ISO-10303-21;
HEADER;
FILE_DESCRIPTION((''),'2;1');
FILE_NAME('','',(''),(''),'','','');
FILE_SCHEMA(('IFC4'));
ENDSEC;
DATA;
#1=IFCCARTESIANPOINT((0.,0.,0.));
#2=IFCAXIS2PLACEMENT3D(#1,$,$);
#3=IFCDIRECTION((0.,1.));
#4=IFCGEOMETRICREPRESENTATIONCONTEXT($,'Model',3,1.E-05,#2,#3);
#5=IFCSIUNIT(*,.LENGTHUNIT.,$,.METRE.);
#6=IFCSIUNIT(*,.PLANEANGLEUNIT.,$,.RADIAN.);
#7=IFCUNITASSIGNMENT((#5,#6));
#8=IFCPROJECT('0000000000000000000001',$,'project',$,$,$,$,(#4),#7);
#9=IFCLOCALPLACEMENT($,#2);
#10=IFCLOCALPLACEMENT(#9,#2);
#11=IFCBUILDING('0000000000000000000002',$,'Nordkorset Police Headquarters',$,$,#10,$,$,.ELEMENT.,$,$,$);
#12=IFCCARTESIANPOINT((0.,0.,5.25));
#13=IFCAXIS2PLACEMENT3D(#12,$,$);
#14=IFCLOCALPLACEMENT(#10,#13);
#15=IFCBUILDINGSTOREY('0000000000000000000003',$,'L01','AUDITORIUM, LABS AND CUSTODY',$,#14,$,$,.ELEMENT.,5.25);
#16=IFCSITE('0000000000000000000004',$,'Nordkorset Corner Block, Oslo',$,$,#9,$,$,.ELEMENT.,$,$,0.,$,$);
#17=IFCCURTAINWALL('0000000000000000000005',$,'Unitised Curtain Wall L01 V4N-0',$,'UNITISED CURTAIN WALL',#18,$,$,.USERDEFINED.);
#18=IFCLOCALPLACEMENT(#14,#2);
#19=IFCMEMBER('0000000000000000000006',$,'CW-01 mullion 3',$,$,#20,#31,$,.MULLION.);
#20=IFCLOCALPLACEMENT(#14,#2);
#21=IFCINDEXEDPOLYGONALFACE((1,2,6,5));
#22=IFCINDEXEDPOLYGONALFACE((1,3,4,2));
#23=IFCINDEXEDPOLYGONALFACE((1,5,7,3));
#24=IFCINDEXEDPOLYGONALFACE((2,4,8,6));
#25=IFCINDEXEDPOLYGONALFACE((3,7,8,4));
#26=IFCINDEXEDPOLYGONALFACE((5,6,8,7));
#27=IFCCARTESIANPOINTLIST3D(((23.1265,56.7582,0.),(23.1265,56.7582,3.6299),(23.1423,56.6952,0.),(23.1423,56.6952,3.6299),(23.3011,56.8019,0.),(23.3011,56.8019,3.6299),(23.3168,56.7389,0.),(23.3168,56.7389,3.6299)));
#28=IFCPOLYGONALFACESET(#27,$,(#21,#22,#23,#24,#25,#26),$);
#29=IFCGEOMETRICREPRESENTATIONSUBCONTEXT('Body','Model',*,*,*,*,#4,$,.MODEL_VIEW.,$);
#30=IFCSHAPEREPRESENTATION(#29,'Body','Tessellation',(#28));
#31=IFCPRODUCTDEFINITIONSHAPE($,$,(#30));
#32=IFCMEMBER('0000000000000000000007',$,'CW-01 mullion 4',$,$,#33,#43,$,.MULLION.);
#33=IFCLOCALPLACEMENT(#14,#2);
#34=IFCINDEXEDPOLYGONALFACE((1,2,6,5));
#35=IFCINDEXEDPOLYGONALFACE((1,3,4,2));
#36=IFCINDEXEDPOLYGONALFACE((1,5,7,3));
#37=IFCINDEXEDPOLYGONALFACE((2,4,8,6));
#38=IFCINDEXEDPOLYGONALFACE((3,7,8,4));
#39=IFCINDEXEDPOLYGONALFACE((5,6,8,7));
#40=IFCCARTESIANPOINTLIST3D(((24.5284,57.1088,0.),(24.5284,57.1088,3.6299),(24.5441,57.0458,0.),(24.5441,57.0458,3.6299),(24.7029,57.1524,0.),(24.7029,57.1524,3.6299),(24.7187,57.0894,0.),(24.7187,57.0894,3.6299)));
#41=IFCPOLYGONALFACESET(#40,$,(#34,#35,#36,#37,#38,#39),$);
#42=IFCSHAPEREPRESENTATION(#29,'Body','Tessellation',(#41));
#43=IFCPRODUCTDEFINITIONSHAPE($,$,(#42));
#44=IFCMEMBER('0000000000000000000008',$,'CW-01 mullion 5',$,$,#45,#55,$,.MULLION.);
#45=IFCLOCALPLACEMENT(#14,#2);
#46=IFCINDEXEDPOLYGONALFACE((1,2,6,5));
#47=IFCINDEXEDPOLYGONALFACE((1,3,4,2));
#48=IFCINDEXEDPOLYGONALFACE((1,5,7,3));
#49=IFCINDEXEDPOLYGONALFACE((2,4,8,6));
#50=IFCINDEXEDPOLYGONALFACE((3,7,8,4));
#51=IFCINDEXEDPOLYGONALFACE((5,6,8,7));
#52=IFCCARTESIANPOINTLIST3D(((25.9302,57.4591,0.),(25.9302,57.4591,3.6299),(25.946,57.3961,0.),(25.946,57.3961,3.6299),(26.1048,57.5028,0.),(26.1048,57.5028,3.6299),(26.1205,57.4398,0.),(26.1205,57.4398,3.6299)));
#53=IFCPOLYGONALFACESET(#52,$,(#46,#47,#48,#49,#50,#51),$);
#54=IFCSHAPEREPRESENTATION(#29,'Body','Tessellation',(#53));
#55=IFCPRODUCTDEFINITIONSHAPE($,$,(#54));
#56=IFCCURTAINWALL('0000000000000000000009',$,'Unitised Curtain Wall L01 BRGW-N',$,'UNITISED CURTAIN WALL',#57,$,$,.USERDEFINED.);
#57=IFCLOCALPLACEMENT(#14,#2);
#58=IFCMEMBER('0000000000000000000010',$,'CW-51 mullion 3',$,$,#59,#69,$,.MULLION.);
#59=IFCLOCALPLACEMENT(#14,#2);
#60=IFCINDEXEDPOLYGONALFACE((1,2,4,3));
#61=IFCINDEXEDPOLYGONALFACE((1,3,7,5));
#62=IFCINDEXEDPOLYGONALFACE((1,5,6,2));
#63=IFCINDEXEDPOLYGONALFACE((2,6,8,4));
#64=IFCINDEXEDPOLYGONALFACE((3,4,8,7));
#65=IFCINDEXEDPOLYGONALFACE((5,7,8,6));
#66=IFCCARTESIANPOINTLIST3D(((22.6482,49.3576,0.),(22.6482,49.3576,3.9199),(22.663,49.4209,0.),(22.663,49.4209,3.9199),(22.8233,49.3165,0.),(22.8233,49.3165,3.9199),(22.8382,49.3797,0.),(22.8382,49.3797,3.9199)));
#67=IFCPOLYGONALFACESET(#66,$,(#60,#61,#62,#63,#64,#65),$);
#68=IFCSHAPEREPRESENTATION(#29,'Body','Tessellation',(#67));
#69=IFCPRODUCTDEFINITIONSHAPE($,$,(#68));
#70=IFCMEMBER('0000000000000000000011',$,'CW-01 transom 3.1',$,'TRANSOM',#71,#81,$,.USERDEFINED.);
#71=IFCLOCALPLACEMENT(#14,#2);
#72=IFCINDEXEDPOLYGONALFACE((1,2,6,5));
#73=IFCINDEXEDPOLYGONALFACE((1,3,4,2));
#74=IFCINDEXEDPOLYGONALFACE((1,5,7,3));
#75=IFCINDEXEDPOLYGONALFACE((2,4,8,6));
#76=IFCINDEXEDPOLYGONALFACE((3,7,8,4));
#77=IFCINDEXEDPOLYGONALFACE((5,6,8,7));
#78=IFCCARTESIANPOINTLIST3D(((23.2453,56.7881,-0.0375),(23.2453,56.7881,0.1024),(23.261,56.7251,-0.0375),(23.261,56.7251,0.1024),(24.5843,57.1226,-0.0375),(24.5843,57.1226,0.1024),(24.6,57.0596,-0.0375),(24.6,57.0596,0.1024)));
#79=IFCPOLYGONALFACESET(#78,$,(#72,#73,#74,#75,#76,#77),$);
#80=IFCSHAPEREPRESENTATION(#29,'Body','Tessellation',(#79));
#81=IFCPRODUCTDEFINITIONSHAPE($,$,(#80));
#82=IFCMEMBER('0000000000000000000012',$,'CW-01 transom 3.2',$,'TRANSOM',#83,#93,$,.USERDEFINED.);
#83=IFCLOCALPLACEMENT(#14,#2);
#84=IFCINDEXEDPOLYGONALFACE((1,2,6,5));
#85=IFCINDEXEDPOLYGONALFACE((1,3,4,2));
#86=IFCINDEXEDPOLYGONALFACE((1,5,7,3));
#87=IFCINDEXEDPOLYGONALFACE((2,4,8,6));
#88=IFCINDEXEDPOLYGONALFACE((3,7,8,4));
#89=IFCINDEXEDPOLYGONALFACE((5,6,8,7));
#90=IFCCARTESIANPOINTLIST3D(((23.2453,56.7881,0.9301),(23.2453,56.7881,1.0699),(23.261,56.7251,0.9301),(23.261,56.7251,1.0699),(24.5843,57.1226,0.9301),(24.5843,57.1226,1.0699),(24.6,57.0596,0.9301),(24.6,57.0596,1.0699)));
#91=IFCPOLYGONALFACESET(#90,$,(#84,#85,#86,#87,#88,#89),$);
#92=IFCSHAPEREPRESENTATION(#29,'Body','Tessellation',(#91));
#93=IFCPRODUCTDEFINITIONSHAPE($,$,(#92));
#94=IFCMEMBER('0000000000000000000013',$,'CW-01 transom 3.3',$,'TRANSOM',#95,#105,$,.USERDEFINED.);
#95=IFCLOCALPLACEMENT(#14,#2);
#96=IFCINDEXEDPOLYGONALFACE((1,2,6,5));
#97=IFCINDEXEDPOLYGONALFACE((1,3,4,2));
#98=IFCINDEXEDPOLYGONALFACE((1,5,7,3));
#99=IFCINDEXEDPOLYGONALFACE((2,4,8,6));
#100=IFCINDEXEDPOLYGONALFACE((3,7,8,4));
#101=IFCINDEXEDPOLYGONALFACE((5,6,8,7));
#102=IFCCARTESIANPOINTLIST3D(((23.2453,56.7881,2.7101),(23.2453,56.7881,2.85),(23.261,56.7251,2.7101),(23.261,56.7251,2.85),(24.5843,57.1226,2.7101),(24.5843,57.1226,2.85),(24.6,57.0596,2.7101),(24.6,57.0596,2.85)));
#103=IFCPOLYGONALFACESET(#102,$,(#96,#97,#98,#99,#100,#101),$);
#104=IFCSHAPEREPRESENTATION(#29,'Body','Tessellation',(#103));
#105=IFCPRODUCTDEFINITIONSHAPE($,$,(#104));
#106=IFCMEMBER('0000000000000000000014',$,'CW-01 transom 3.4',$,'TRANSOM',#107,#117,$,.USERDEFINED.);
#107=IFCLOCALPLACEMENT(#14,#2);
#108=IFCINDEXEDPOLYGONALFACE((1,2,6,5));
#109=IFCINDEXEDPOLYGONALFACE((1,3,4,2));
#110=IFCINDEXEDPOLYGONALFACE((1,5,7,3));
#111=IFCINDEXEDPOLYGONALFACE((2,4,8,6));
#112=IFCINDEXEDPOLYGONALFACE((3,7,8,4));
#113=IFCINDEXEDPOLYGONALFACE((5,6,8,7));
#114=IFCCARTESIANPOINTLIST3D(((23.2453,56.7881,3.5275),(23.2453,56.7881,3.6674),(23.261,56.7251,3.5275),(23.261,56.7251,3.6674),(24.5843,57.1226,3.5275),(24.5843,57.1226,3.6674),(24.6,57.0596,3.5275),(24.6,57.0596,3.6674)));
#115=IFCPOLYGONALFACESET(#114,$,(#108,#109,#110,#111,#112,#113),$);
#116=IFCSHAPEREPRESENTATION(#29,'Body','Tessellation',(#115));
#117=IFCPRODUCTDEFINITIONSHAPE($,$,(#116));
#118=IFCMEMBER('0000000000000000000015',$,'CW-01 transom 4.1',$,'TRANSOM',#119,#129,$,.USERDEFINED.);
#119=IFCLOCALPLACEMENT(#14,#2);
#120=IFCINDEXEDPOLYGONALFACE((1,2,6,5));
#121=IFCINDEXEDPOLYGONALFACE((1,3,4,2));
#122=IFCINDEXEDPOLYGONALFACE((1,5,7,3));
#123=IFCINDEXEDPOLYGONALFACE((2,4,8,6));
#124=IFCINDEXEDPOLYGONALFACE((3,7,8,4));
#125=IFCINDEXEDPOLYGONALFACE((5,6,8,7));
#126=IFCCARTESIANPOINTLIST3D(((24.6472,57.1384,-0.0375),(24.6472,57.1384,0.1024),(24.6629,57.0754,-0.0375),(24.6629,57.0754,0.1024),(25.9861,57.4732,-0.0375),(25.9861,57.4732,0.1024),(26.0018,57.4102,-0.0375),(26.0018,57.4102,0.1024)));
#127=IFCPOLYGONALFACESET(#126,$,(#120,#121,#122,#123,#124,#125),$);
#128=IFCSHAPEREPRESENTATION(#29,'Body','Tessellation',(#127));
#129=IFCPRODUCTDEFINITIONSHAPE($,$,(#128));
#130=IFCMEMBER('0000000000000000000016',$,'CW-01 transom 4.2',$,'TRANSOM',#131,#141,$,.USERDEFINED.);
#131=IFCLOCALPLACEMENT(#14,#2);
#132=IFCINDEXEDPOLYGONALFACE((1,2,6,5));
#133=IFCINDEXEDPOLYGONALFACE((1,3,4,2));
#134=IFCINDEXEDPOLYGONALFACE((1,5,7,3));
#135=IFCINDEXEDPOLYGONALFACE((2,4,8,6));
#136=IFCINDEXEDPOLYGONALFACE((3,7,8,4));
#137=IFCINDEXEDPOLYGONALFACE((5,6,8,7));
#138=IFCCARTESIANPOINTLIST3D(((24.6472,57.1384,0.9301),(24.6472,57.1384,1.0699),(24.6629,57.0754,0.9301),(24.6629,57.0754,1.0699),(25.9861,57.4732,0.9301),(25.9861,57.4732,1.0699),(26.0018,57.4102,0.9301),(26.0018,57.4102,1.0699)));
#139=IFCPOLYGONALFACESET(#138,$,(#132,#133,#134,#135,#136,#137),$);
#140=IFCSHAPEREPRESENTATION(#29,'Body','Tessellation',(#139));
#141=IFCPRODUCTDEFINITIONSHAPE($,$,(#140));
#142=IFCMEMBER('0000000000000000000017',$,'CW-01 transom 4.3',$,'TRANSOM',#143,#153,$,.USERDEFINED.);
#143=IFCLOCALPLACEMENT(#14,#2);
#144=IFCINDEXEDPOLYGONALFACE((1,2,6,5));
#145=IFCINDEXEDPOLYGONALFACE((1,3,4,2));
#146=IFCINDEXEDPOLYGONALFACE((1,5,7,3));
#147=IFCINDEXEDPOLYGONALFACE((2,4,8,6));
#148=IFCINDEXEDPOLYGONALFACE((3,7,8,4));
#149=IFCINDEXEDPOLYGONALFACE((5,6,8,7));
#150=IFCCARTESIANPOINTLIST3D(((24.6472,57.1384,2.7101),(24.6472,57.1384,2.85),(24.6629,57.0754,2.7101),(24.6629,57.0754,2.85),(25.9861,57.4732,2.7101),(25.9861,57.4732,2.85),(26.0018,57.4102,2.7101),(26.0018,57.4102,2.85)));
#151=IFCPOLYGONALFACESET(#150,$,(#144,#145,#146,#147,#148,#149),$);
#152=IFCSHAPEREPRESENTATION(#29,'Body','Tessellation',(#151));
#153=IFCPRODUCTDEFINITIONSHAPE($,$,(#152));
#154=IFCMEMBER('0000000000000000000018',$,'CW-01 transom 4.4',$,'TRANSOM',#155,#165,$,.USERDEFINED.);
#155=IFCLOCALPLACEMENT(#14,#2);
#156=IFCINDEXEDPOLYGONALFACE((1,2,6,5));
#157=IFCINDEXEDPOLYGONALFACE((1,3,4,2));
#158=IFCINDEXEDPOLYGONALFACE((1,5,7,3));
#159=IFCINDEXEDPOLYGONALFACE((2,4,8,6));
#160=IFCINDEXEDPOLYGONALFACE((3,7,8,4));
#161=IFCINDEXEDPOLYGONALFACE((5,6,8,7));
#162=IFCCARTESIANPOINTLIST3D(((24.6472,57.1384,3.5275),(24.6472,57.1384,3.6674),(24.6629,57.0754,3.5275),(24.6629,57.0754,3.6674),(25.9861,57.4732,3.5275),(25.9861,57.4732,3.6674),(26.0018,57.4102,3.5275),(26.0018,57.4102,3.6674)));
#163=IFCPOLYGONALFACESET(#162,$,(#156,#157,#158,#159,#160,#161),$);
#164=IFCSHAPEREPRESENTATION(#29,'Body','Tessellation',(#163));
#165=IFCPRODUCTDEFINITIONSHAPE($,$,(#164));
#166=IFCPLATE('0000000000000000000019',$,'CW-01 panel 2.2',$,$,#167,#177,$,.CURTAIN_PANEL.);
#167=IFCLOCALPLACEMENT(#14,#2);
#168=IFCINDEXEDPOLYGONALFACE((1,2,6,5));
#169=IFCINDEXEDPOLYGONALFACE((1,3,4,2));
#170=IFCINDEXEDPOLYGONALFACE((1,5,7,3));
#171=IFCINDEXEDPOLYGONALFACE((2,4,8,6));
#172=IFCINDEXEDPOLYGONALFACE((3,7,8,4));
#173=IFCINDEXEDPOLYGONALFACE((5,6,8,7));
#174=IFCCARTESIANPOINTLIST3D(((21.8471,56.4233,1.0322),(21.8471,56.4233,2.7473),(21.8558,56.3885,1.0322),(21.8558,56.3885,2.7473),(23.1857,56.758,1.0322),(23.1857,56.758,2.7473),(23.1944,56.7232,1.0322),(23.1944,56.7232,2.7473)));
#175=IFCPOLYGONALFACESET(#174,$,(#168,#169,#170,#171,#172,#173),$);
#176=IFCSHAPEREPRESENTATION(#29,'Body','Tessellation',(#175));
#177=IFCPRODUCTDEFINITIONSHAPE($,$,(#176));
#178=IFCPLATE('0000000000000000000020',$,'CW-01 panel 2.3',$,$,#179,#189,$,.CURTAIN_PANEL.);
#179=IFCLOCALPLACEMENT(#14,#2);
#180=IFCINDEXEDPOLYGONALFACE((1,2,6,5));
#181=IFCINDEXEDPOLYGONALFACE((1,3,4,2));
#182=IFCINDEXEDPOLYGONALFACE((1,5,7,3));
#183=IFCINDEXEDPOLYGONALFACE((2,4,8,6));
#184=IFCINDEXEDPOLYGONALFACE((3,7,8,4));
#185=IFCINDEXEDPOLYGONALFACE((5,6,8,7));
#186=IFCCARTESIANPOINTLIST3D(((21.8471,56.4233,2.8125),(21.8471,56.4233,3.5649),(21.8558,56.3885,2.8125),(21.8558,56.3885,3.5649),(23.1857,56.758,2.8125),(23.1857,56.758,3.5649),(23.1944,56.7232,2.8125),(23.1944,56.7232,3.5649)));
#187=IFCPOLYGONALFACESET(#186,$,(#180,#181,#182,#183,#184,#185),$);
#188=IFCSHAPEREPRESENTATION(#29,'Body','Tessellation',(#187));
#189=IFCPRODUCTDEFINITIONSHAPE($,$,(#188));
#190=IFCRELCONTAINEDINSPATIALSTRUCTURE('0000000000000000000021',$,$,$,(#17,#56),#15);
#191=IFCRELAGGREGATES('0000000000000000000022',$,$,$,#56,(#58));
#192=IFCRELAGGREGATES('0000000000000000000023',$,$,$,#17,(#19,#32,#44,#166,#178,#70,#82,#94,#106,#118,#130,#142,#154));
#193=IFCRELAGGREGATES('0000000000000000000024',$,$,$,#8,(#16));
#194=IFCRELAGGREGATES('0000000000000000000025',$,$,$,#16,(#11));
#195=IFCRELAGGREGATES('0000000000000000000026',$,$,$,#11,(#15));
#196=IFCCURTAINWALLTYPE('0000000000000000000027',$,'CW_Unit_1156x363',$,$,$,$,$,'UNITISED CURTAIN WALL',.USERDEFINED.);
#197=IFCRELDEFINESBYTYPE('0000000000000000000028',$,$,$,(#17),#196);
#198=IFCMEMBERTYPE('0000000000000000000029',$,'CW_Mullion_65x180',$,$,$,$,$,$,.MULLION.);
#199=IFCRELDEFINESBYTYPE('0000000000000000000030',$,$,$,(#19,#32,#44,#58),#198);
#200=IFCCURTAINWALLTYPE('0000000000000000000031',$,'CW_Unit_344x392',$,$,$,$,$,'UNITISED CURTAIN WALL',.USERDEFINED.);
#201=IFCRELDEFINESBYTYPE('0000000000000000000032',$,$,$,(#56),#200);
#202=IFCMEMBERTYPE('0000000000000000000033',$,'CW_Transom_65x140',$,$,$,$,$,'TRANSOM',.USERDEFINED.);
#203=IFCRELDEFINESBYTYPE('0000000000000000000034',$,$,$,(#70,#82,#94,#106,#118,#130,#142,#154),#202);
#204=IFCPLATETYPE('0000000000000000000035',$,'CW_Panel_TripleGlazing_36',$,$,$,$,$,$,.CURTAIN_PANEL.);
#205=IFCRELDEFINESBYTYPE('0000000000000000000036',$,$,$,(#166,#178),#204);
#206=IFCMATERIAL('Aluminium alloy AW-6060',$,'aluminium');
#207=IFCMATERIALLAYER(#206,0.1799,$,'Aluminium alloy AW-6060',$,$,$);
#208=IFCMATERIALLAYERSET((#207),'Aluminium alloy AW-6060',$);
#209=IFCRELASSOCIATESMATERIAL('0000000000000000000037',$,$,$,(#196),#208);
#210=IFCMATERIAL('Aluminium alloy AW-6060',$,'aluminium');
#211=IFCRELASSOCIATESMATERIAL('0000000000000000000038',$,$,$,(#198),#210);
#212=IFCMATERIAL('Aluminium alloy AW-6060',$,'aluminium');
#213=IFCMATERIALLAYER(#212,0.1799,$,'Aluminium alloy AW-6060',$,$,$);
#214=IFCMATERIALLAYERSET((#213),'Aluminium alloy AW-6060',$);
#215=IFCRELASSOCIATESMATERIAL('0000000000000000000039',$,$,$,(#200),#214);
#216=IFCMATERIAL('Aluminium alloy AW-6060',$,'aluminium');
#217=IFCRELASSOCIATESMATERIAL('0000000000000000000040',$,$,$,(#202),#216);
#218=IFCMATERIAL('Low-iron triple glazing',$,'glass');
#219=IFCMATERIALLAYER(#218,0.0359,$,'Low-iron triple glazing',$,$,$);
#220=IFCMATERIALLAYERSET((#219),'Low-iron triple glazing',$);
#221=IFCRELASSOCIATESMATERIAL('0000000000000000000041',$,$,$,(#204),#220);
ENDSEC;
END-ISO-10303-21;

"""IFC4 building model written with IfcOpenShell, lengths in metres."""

from ifc_helpers import new_model, si_unit, direction, frame, origin, origin_2d, place, context, subcontext, project, spatial, rectangle, extrude, material, layer, layer_set, material_profile, profile_set, type_object, element, aggregate, save


model = new_model("IFC4")

# Units and contexts
model_context = context("Model", 3, precision=1e-05, world=origin(), true_north=direction((0.0, 1.0)))
body_context = subcontext(model_context, "Body", "Model", "MODEL_VIEW")
ifc_project = project(units=[si_unit("LENGTHUNIT", "METRE"), si_unit("PLANEANGLEUNIT", "RADIAN")], contexts=[model_context])

# Site, building, storey
site_placement = place(None, origin())
site = spatial("IfcSite", under=ifc_project, at=site_placement, Name="Nordkorset Corner Block, Oslo", CompositionType="ELEMENT", RefElevation=0.0)
building_placement = place(site_placement, origin())
building = spatial("IfcBuilding", under=site, at=building_placement, Name="Nordkorset Police Headquarters", CompositionType="ELEMENT")
storey_placement = place(building_placement, frame((0.0, 0.0, 5.25)))
storey = spatial("IfcBuildingStorey", under=building, at=storey_placement, Name="L01", Description="AUDITORIUM, LABS AND CUSTODY", CompositionType="ELEMENT", Elevation=5.25)

# Curtain wall, members
ifc_material_1 = material(Name="Aluminium alloy AW-6060", Category="aluminium")
ifc_layer_1 = layer(ifc_material_1, 0.1799, Name="Aluminium alloy AW-6060")
ifc_layer_set_1 = layer_set([ifc_layer_1], Name="Aluminium alloy AW-6060")
curtain_wall_type_1 = type_object("IfcCurtainWallType", Name="CW_Unit_1156x363", ElementType="UNITISED CURTAIN WALL", PredefinedType="USERDEFINED", material=ifc_layer_set_1)
curtain_wall_1_placement = place(storey_placement, origin())
curtain_wall_1 = element("IfcCurtainWall", 1, at=curtain_wall_1_placement, inside=storey, type_object=curtain_wall_type_1, Name="Unitised Curtain Wall L01 V4N-0", ObjectType="UNITISED CURTAIN WALL", PredefinedType="USERDEFINED")
ifc_material_2 = material(Name="Aluminium alloy AW-6060", Category="aluminium")
ifc_material_profile_1 = material_profile(ifc_material_2, rectangle(XDim=0.0649, YDim=0.1799, at=origin_2d()), Name="ALU MULL 65x180")
ifc_profile_set_1 = profile_set([ifc_material_profile_1], Name="Aluminium alloy AW-6060")
member_type_1 = type_object("IfcMemberType", Name="CW_Mullion_65x180", PredefinedType="MULLION", material=ifc_profile_set_1)
member_1_placement = place(storey_placement, frame((23.2217, 56.7485, 0.0), z_axis=(0.0, 0.0, 1.0), x_axis=(-0.242536, 0.970142, 0.0)))
member_1 = element("IfcMember", 2, at=member_1_placement, type_object=member_type_1, Name="CW-01 mullion 3", PredefinedType="MULLION", context=body_context, shape_type="SweptSolid", body=[
    extrude(rectangle(XDim=0.0649, YDim=0.1799, at=origin_2d()), origin(), (0.0, 0.0, 1.0), 3.6299),
])
member_2_placement = place(storey_placement, frame((24.6235, 57.0991, 0.0), z_axis=(0.0, 0.0, 1.0), x_axis=(-0.242536, 0.970142, 0.0)))
member_2 = element("IfcMember", 3, at=member_2_placement, type_object=member_type_1, Name="CW-01 mullion 4", PredefinedType="MULLION", context=body_context, shape_type="SweptSolid", body=[
    extrude(rectangle(XDim=0.0649, YDim=0.1799, at=origin_2d()), origin(), (0.0, 0.0, 1.0), 3.6299),
])
member_3_placement = place(storey_placement, frame((26.0254, 57.4495, 0.0), z_axis=(0.0, 0.0, 1.0), x_axis=(-0.242536, 0.970142, 0.0)))
member_3 = element("IfcMember", 4, at=member_3_placement, type_object=member_type_1, Name="CW-01 mullion 5", PredefinedType="MULLION", context=body_context, shape_type="SweptSolid", body=[
    extrude(rectangle(XDim=0.0649, YDim=0.1799, at=origin_2d()), origin(), (0.0, 0.0, 1.0), 3.6299),
])

# Curtain wall, member
ifc_material_3 = material(Name="Aluminium alloy AW-6060", Category="aluminium")
ifc_layer_2 = layer(ifc_material_3, 0.1799, Name="Aluminium alloy AW-6060")
ifc_layer_set_2 = layer_set([ifc_layer_2], Name="Aluminium alloy AW-6060")
curtain_wall_type_2 = type_object("IfcCurtainWallType", Name="CW_Unit_344x392", ElementType="UNITISED CURTAIN WALL", PredefinedType="USERDEFINED", material=ifc_layer_set_2)
curtain_wall_2_placement = place(storey_placement, origin())
curtain_wall_2 = element("IfcCurtainWall", 5, at=curtain_wall_2_placement, inside=storey, type_object=curtain_wall_type_2, Name="Unitised Curtain Wall L01 BRGW-N", ObjectType="UNITISED CURTAIN WALL", PredefinedType="USERDEFINED")
member_4_placement = place(storey_placement, frame((22.7432, 49.3687, 0.0), z_axis=(0.0, 0.0, 1.0), x_axis=(0.228893, 0.973452, 0.0)))
member_4 = element("IfcMember", 6, at=member_4_placement, type_object=member_type_1, Name="CW-51 mullion 3", PredefinedType="MULLION", context=body_context, shape_type="SweptSolid", body=[
    extrude(rectangle(XDim=0.0649, YDim=0.1799, at=origin_2d()), origin(), (0.0, 0.0, 1.0), 3.9199),
])
aggregate(curtain_wall_2, [member_4])

# Members
ifc_material_4 = material(Name="Aluminium alloy AW-6060", Category="aluminium")
ifc_material_profile_2 = material_profile(ifc_material_4, rectangle(XDim=0.0649, YDim=0.1399, at=origin_2d()), Name="ALU TRAN 65x140")
ifc_profile_set_2 = profile_set([ifc_material_profile_2], Name="Aluminium alloy AW-6060")
member_type_2 = type_object("IfcMemberType", Name="CW_Transom_65x140", ElementType="TRANSOM", PredefinedType="USERDEFINED", material=ifc_profile_set_2)
member_5_placement = place(storey_placement, frame((23.2532, 56.7566, 0.0325), z_axis=(0.970184, 0.242369, 0.0), x_axis=(-0.242369, 0.970184, 0.0)))
member_5 = element("IfcMember", 7, at=member_5_placement, type_object=member_type_2, Name="CW-01 transom 3.1", ObjectType="TRANSOM", PredefinedType="USERDEFINED", context=body_context, shape_type="SweptSolid", body=[
    extrude(rectangle(XDim=0.0649, YDim=0.1399, at=origin_2d()), origin(), (0.0, 0.0, 1.0), 1.3801),
])
member_6_placement = place(storey_placement, frame((23.2532, 56.7566, 1.0), z_axis=(0.970184, 0.242369, 0.0), x_axis=(-0.242369, 0.970184, 0.0)))
member_6 = element("IfcMember", 8, at=member_6_placement, type_object=member_type_2, Name="CW-01 transom 3.2", ObjectType="TRANSOM", PredefinedType="USERDEFINED", context=body_context, shape_type="SweptSolid", body=[
    extrude(rectangle(XDim=0.0649, YDim=0.1399, at=origin_2d()), origin(), (0.0, 0.0, 1.0), 1.3801),
])
member_7_placement = place(storey_placement, frame((23.2532, 56.7566, 2.78), z_axis=(0.970184, 0.242369, 0.0), x_axis=(-0.242369, 0.970184, 0.0)))
member_7 = element("IfcMember", 9, at=member_7_placement, type_object=member_type_2, Name="CW-01 transom 3.3", ObjectType="TRANSOM", PredefinedType="USERDEFINED", context=body_context, shape_type="SweptSolid", body=[
    extrude(rectangle(XDim=0.0649, YDim=0.1399, at=origin_2d()), origin(), (0.0, 0.0, 1.0), 1.3801),
])
member_8_placement = place(storey_placement, frame((23.2532, 56.7566, 3.5974), z_axis=(0.970184, 0.242369, 0.0), x_axis=(-0.242369, 0.970184, 0.0)))
member_8 = element("IfcMember", 10, at=member_8_placement, type_object=member_type_2, Name="CW-01 transom 3.4", ObjectType="TRANSOM", PredefinedType="USERDEFINED", context=body_context, shape_type="SweptSolid", body=[
    extrude(rectangle(XDim=0.0649, YDim=0.1399, at=origin_2d()), origin(), (0.0, 0.0, 1.0), 1.3801),
])
member_9_placement = place(storey_placement, frame((24.655, 57.1069, 0.0325), z_axis=(0.970143, 0.242536, 0.0), x_axis=(-0.242536, 0.970143, 0.0)))
member_9 = element("IfcMember", 11, at=member_9_placement, type_object=member_type_2, Name="CW-01 transom 4.1", ObjectType="TRANSOM", PredefinedType="USERDEFINED", context=body_context, shape_type="SweptSolid", body=[
    extrude(rectangle(XDim=0.0649, YDim=0.1399, at=origin_2d()), origin(), (0.0, 0.0, 1.0), 1.3801),
])
member_10_placement = place(storey_placement, frame((24.655, 57.1069, 1.0), z_axis=(0.970143, 0.242536, 0.0), x_axis=(-0.242536, 0.970143, 0.0)))
member_10 = element("IfcMember", 12, at=member_10_placement, type_object=member_type_2, Name="CW-01 transom 4.2", ObjectType="TRANSOM", PredefinedType="USERDEFINED", context=body_context, shape_type="SweptSolid", body=[
    extrude(rectangle(XDim=0.0649, YDim=0.1399, at=origin_2d()), origin(), (0.0, 0.0, 1.0), 1.3801),
])
member_11_placement = place(storey_placement, frame((24.655, 57.1069, 2.78), z_axis=(0.970143, 0.242536, 0.0), x_axis=(-0.242536, 0.970143, 0.0)))
member_11 = element("IfcMember", 13, at=member_11_placement, type_object=member_type_2, Name="CW-01 transom 4.3", ObjectType="TRANSOM", PredefinedType="USERDEFINED", context=body_context, shape_type="SweptSolid", body=[
    extrude(rectangle(XDim=0.0649, YDim=0.1399, at=origin_2d()), origin(), (0.0, 0.0, 1.0), 1.3801),
])
member_12_placement = place(storey_placement, frame((24.655, 57.1069, 3.5974), z_axis=(0.970143, 0.242536, 0.0), x_axis=(-0.242536, 0.970143, 0.0)))
member_12 = element("IfcMember", 14, at=member_12_placement, type_object=member_type_2, Name="CW-01 transom 4.4", ObjectType="TRANSOM", PredefinedType="USERDEFINED", context=body_context, shape_type="SweptSolid", body=[
    extrude(rectangle(XDim=0.0649, YDim=0.1399, at=origin_2d()), origin(), (0.0, 0.0, 1.0), 1.3801),
])

# Plates
ifc_material_5 = material(Name="Low-iron triple glazing", Category="glass")
ifc_layer_3 = layer(ifc_material_5, 0.0359, Name="Low-iron triple glazing")
ifc_layer_set_3 = layer_set([ifc_layer_3], Name="Low-iron triple glazing")
plate_type = type_object("IfcPlateType", Name="CW_Panel_TripleGlazing_36", PredefinedType="CURTAIN_PANEL", material=ifc_layer_set_3)
plate_1_placement = place(storey_placement, frame((22.5208, 56.5732, 1.0322), z_axis=(0.0, 0.0, 1.0), x_axis=(0.970142, 0.242536, 0.0)))
plate_1 = element("IfcPlate", 15, at=plate_1_placement, type_object=plate_type, Name="CW-01 panel 2.2", PredefinedType="CURTAIN_PANEL", context=body_context, shape_type="SweptSolid", body=[
    extrude(rectangle(XDim=1.3799, YDim=0.0359, at=origin_2d()), origin(), (0.0, 0.0, 1.0), 1.7151),
])
plate_2_placement = place(storey_placement, frame((22.5208, 56.5732, 2.8125), z_axis=(0.0, 0.0, 1.0), x_axis=(0.970142, 0.242536, 0.0)))
plate_2 = element("IfcPlate", 16, at=plate_2_placement, type_object=plate_type, Name="CW-01 panel 2.3", PredefinedType="CURTAIN_PANEL", context=body_context, shape_type="SweptSolid", body=[
    extrude(rectangle(XDim=1.3799, YDim=0.0359, at=origin_2d()), origin(), (0.0, 0.0, 1.0), 0.7524),
])
aggregate(curtain_wall_1, [member_1, member_2, member_3, plate_1, plate_2, member_5, member_6, member_7, member_8, member_9, member_10, member_11, member_12])

save(model, "model.ifc")
